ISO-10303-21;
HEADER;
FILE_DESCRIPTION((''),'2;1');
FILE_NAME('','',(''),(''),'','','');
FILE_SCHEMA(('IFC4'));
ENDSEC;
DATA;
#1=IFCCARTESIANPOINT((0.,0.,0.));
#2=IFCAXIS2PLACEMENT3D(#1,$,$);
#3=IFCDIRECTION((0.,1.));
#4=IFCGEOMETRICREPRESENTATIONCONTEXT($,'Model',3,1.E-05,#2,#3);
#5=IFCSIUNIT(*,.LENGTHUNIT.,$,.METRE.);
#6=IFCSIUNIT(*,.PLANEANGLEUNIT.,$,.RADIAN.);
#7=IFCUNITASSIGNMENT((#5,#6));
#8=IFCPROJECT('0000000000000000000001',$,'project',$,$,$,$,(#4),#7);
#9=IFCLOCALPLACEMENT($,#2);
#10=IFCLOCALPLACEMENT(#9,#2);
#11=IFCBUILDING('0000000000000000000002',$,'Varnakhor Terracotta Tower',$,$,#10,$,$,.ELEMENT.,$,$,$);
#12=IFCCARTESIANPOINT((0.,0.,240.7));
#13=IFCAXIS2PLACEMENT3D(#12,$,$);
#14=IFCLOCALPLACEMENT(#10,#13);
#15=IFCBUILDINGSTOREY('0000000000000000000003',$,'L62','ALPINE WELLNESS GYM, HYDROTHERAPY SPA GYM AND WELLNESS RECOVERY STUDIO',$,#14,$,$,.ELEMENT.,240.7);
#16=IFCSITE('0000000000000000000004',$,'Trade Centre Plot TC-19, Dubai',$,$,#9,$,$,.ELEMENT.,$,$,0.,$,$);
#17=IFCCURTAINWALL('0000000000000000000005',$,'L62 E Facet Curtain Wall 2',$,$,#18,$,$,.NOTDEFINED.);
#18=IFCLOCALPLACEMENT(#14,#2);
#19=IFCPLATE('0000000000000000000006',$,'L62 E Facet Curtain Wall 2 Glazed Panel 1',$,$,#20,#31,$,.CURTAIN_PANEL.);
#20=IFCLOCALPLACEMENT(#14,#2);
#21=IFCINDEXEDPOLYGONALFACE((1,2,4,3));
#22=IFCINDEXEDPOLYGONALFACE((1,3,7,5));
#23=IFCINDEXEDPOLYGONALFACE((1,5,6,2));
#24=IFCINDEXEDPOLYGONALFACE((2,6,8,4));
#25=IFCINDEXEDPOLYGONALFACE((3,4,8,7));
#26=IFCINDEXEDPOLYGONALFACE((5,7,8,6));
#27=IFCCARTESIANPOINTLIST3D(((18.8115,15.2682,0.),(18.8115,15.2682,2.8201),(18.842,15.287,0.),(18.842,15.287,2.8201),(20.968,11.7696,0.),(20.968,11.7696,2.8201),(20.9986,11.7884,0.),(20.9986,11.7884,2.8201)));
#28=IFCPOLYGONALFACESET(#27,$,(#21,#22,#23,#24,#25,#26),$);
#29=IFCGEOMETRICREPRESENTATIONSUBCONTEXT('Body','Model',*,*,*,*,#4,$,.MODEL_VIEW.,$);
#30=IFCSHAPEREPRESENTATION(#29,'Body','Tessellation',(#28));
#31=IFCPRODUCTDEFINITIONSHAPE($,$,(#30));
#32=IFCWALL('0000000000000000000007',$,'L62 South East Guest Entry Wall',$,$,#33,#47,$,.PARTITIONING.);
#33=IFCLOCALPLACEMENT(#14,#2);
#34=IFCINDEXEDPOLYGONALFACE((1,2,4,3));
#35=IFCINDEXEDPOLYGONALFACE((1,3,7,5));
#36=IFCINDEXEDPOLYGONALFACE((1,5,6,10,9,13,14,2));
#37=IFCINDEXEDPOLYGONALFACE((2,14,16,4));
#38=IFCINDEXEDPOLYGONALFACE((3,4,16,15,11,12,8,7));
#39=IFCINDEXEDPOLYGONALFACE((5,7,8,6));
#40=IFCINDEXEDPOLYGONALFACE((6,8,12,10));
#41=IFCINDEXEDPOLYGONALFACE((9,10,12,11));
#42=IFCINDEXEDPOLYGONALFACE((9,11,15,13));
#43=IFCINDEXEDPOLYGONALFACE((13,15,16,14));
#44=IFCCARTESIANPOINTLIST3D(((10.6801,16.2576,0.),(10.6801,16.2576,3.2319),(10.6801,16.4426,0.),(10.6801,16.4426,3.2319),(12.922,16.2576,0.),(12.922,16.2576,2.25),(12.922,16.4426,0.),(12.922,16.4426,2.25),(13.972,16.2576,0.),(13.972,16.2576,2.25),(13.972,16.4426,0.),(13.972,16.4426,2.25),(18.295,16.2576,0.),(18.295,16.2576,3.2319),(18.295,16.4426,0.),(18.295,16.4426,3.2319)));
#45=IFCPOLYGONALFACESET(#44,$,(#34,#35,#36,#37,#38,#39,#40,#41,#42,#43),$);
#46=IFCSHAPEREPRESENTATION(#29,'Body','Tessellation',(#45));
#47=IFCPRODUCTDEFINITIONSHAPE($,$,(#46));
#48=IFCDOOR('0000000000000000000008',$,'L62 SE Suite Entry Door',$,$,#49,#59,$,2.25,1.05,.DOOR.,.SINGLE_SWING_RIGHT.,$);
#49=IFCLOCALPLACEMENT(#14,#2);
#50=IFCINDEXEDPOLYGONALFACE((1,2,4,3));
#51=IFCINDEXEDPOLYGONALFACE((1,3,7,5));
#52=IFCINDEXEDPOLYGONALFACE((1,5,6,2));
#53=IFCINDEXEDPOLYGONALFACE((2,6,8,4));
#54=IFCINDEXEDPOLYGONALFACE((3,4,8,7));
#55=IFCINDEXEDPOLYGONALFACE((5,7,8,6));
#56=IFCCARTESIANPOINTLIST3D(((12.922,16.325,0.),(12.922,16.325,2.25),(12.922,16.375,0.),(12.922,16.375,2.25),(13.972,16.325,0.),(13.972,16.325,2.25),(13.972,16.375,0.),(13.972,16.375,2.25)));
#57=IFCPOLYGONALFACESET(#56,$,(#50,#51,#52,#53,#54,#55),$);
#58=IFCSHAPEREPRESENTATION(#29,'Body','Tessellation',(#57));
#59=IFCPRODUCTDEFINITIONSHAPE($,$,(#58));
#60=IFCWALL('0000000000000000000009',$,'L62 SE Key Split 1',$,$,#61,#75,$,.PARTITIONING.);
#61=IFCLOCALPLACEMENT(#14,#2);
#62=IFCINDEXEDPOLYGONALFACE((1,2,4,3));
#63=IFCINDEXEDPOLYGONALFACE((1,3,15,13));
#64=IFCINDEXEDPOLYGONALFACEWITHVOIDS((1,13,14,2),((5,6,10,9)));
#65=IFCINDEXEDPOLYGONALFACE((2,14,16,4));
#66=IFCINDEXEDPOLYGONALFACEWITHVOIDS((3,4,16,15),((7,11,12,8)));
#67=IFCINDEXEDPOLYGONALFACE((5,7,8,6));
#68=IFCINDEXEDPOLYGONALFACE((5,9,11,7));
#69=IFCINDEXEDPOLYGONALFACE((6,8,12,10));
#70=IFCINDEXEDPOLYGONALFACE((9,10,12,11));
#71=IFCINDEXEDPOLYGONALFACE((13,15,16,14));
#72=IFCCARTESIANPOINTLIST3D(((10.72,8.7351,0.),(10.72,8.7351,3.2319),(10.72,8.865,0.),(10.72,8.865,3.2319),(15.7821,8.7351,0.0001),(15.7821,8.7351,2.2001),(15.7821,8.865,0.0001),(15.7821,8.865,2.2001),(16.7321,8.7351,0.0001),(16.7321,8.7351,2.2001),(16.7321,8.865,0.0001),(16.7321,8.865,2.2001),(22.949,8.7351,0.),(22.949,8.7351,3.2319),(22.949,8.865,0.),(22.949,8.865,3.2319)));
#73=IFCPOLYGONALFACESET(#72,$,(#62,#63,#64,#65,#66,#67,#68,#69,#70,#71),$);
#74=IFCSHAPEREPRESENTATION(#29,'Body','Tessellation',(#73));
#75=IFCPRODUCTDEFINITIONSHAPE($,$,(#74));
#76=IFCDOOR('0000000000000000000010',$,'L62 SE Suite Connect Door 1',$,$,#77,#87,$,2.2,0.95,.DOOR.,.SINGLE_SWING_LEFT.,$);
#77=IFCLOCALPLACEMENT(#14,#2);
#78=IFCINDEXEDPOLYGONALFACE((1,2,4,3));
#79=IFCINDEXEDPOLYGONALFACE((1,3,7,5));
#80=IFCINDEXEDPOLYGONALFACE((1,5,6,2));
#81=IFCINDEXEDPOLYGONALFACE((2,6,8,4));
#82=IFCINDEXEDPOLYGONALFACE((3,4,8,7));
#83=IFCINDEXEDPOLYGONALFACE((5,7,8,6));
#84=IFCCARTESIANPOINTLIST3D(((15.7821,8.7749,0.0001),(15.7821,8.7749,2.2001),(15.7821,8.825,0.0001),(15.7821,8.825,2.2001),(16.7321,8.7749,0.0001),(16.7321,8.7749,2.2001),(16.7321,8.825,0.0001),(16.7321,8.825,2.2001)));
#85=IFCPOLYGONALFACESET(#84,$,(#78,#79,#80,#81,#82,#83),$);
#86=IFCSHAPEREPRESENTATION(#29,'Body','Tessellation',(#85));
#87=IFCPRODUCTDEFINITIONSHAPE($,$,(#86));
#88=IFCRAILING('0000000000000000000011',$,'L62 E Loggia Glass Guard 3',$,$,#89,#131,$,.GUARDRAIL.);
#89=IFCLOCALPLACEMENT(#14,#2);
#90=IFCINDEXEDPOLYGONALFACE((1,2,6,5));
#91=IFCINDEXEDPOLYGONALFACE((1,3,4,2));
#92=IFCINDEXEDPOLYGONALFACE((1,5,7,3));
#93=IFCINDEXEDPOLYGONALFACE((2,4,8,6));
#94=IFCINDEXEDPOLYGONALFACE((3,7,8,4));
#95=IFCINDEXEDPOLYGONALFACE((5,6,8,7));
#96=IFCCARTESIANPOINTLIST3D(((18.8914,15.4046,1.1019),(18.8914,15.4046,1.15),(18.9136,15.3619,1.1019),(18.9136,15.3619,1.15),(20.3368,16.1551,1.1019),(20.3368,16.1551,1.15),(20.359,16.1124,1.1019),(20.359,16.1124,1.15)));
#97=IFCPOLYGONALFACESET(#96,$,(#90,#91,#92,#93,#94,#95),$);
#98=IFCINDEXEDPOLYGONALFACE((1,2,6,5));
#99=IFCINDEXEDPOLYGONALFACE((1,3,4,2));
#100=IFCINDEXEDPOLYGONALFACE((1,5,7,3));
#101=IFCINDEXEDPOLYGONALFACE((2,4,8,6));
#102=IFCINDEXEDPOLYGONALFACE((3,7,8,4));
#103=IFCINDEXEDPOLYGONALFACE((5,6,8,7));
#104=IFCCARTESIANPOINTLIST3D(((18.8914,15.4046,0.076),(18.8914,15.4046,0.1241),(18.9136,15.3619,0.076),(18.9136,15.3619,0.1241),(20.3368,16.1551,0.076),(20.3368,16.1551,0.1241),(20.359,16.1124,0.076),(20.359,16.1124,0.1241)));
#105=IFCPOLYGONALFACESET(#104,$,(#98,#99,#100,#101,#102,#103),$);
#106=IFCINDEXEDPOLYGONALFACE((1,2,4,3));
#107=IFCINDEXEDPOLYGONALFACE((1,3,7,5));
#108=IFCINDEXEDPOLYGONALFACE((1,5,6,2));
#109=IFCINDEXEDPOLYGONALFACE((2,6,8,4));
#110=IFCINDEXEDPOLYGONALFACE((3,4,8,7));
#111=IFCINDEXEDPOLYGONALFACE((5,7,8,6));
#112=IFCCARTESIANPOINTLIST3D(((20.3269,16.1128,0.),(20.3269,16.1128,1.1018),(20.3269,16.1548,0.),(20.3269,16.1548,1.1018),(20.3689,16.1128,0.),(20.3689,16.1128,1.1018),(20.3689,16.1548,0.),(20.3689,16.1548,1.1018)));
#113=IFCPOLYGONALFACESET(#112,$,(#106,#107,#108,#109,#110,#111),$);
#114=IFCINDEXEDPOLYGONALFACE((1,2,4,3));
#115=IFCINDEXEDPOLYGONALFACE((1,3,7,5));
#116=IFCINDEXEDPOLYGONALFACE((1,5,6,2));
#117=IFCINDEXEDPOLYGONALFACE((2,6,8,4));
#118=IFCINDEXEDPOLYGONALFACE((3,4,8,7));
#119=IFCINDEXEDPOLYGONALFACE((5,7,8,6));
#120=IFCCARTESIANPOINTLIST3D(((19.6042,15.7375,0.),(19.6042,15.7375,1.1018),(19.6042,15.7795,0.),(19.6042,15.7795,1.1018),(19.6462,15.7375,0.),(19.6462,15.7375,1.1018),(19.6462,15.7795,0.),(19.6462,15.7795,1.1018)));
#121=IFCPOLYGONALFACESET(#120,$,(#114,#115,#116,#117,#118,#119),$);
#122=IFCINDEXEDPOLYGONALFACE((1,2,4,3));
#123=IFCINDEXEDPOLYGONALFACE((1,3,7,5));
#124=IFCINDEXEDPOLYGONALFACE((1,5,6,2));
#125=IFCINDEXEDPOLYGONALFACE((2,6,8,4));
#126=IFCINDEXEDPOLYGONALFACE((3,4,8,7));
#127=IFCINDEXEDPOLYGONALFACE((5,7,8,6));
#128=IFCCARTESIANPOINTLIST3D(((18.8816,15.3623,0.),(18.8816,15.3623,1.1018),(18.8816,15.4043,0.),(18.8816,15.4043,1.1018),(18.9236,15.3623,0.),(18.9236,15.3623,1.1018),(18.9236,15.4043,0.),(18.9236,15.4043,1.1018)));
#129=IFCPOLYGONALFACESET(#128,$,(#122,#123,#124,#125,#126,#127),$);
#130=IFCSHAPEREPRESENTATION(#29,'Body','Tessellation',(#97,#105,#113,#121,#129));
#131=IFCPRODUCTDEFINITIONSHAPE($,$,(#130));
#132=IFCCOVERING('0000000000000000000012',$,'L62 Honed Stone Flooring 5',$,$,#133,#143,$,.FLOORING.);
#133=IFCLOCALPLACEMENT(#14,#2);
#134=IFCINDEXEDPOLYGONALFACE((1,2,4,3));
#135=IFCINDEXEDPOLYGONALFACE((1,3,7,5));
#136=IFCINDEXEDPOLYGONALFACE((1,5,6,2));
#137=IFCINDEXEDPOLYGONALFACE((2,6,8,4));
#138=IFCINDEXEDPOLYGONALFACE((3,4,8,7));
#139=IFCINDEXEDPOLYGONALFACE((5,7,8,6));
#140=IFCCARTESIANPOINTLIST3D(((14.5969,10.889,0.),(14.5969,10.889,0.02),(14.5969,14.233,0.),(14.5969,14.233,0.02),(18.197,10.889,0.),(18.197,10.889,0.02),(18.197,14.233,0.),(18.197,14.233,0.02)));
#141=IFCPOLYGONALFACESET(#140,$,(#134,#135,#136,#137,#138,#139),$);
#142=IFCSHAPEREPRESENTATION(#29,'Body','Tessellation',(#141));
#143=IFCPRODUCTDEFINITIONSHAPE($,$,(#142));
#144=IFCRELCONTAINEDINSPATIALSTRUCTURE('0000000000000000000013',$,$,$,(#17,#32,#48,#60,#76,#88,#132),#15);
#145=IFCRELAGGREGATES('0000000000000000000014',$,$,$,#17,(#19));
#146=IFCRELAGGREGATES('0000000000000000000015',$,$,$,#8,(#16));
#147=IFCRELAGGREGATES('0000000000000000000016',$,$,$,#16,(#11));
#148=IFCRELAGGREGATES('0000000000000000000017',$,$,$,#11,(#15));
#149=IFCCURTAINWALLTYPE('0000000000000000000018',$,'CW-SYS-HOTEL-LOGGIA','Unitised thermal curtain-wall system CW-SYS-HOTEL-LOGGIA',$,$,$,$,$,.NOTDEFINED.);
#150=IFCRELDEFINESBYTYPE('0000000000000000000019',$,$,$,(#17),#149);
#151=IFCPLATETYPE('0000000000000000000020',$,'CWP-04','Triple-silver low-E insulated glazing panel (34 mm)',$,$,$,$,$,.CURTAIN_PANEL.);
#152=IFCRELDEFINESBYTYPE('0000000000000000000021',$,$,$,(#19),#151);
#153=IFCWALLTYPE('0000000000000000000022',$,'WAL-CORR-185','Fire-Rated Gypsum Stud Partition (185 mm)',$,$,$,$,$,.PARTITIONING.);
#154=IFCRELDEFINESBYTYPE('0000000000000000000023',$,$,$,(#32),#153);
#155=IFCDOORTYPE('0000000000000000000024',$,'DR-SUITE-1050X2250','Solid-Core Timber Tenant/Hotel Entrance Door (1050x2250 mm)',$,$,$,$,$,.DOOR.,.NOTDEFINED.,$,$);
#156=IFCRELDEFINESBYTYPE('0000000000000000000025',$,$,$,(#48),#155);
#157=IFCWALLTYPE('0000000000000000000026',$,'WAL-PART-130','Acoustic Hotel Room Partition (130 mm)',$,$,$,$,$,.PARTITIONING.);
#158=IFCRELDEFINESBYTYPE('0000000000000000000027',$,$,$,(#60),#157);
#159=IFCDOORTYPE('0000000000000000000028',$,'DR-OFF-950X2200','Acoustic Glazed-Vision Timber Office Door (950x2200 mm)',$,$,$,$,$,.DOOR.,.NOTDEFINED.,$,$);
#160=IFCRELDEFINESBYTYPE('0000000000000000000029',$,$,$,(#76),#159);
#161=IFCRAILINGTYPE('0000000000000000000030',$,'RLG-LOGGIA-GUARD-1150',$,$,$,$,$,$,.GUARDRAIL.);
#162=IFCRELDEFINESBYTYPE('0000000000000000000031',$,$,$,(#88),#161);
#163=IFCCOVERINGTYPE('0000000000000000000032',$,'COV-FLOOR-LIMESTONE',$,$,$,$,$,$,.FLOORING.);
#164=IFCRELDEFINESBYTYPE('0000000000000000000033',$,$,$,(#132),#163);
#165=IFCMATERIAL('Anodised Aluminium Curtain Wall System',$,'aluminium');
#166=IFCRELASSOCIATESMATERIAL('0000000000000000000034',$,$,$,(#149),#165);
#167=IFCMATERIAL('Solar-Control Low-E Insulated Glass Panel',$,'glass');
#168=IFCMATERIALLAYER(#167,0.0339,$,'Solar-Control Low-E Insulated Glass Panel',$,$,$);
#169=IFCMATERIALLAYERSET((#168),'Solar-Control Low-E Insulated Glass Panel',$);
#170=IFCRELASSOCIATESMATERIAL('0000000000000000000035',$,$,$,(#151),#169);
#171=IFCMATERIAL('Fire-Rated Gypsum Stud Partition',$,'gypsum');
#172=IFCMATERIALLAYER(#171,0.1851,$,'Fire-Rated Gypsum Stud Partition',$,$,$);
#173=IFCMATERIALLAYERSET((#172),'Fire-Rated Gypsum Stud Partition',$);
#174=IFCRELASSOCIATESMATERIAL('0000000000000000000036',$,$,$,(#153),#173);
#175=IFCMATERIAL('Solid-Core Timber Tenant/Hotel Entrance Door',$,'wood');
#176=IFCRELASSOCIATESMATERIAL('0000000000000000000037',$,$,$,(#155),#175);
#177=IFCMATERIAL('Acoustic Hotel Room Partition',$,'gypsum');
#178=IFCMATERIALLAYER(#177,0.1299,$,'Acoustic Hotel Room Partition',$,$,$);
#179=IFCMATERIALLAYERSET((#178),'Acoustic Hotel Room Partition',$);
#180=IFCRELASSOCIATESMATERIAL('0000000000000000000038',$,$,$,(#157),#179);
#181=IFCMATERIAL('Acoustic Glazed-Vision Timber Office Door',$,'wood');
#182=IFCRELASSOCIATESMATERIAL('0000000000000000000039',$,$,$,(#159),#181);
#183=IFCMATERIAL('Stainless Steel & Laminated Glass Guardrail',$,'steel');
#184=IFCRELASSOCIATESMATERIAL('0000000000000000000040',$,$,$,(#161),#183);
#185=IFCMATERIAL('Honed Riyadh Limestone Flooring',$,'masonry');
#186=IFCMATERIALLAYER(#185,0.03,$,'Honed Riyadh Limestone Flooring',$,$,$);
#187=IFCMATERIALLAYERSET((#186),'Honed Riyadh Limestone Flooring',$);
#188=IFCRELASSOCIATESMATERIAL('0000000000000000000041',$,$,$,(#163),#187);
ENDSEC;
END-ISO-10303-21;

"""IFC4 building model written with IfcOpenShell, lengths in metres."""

from ifc_helpers import new_model, si_unit, direction, frame, frame_2d, origin, origin_2d, place, context, subcontext, project, spatial, rectangle, extrude, source, transform, mapped, material, layer, layer_set, type_object, type_shapes, element, fill, aggregate, save


model = new_model("IFC4")

# Units and contexts
model_context = context("Model", 3, precision=1e-05, world=origin(), true_north=direction((0.0, 1.0)))
body_context = subcontext(model_context, "Body", "Model", "MODEL_VIEW")
ifc_project = project(units=[si_unit("LENGTHUNIT", "METRE"), si_unit("PLANEANGLEUNIT", "RADIAN")], contexts=[model_context])

# Site, building, storey
site_placement = place(None, origin())
site = spatial("IfcSite", under=ifc_project, at=site_placement, Name="Trade Centre Plot TC-19, Dubai", CompositionType="ELEMENT", RefElevation=0.0)
building_placement = place(site_placement, origin())
building = spatial("IfcBuilding", under=site, at=building_placement, Name="Varnakhor Terracotta Tower", CompositionType="ELEMENT")
storey_placement = place(building_placement, frame((0.0, 0.0, 240.7)))
storey = spatial("IfcBuildingStorey", under=building, at=storey_placement, Name="L62", Description="ALPINE WELLNESS GYM, HYDROTHERAPY SPA GYM AND WELLNESS RECOVERY STUDIO", CompositionType="ELEMENT", Elevation=240.7)

# Curtain wall
ifc_material_1 = material(Name="Anodised Aluminium Curtain Wall System", Category="aluminium")
curtain_wall_type = type_object("IfcCurtainWallType", Name="CW-SYS-HOTEL-LOGGIA", Description="Unitised thermal curtain-wall system CW-SYS-HOTEL-LOGGIA", PredefinedType="NOTDEFINED", material=ifc_material_1)
curtain_wall_placement = place(storey_placement, origin())
curtain_wall = element("IfcCurtainWall", 1, at=curtain_wall_placement, inside=storey, type_object=curtain_wall_type, Name="L62 E Facet Curtain Wall 2", PredefinedType="NOTDEFINED")

# Plate
ifc_material_2 = material(Name="Solar-Control Low-E Insulated Glass Panel", Category="glass")
ifc_layer_1 = layer(ifc_material_2, 0.0339, Name="Solar-Control Low-E Insulated Glass Panel")
ifc_layer_set_1 = layer_set([ifc_layer_1], Name="Solar-Control Low-E Insulated Glass Panel")
plate_type = type_object("IfcPlateType", Name="CWP-04", Description="Triple-silver low-E insulated glazing panel (34 mm)", PredefinedType="CURTAIN_PANEL", material=ifc_layer_set_1)
shared_shape_1 = source(origin(), body_context, "Body", "SweptSolid", [
    extrude(rectangle(XDim=4.1099, YDim=0.0359, at=origin_2d()), origin(), (0.0, 0.0, 1.0), 2.8201),
])
plate_1_placement = place(storey_placement, frame((19.905, 13.5283, 0.0), z_axis=(0.0, 0.0, 1.0), x_axis=(0.524729, -0.851269, 0.0)))
plate_1 = element("IfcPlate", 2, at=plate_1_placement, type_object=plate_type, Name="L62 E Facet Curtain Wall 2 Glazed Panel 1", PredefinedType="CURTAIN_PANEL", context=body_context, shape_type="MappedRepresentation", body=[
    mapped(shared_shape_1, transform((0.0, 0.0, 0.0), scale=1.0)),
])
aggregate(curtain_wall, [plate_1])

# Walls, openings, doors
ifc_material_3 = material(Name="Fire-Rated Gypsum Stud Partition", Category="gypsum")
ifc_layer_2 = layer(ifc_material_3, 0.1851, Name="Fire-Rated Gypsum Stud Partition")
ifc_layer_set_2 = layer_set([ifc_layer_2], Name="Fire-Rated Gypsum Stud Partition")
wall_type_1 = type_object("IfcWallType", Name="WAL-CORR-185", Description="Fire-Rated Gypsum Stud Partition (185 mm)", PredefinedType="PARTITIONING", material=ifc_layer_set_2)
wall_1_placement = place(storey_placement, frame((10.6799, 16.3501, 0.0), z_axis=(0.0, 0.0, 1.0), x_axis=(1.0, 0.0, 0.0)))
wall_1 = element("IfcWall", 3, at=wall_1_placement, inside=storey, type_object=wall_type_1, Name="L62 South East Guest Entry Wall", PredefinedType="PARTITIONING", context=body_context, shape_type="SweptSolid", body=[
    extrude(rectangle(XDim=7.615, YDim=0.1851, at=frame_2d((3.8076, 0.0))), origin(), (0.0, 0.0, 1.0), 3.2319),
])
opening_1_placement = place(wall_1_placement, frame((2.2422, 0.0, 0.0)))
opening_1 = element("IfcOpeningElement", 4, at=opening_1_placement, cuts=wall_1, PredefinedType="OPENING", context=body_context, shape_type="SweptSolid", body=[
    extrude(rectangle(XDim=1.05, YDim=2.25, at=frame_2d((0.5249, 1.125))), frame((0.0, 0.1025, 0.0), z_axis=(0.0, -1.0, 0.0), x_axis=(1.0, 0.0, 0.0)), (0.0, 0.0, 1.0), 0.2051),
])
ifc_material_4 = material(Name="Solid-Core Timber Tenant/Hotel Entrance Door", Category="wood")
door_type_1 = type_object("IfcDoorType", Name="DR-SUITE-1050X2250", Description="Solid-Core Timber Tenant/Hotel Entrance Door (1050x2250 mm)", OperationType="NOTDEFINED", PredefinedType="DOOR", material=ifc_material_4)
shared_shape_2 = source(origin(), body_context, "Body", "SweptSolid", [
    extrude(rectangle(XDim=1.05, YDim=2.25, at=frame_2d((0.5249, 1.125))), frame((0.0, 0.0249, 0.0), z_axis=(0.0, -1.0, 0.0), x_axis=(1.0, 0.0, 0.0)), (0.0, 0.0, 1.0), 0.05),
])
type_shapes(door_type_1, [shared_shape_2])
door_1_placement = place(opening_1_placement, origin())
door_1 = element("IfcDoor", 5, at=door_1_placement, inside=storey, type_object=door_type_1, Name="L62 SE Suite Entry Door", OperationType="SINGLE_SWING_RIGHT", OverallHeight=2.25, OverallWidth=1.05, PredefinedType="DOOR", context=body_context, shape_type="MappedRepresentation", body=[
    mapped(shared_shape_2, transform((0.0, 0.0, 0.0), scale=1.0)),
])
fill(opening_1, door_1)
ifc_material_5 = material(Name="Acoustic Hotel Room Partition", Category="gypsum")
ifc_layer_3 = layer(ifc_material_5, 0.1299, Name="Acoustic Hotel Room Partition")
ifc_layer_set_3 = layer_set([ifc_layer_3], Name="Acoustic Hotel Room Partition")
wall_type_2 = type_object("IfcWallType", Name="WAL-PART-130", Description="Acoustic Hotel Room Partition (130 mm)", PredefinedType="PARTITIONING", material=ifc_layer_set_3)
wall_2_placement = place(storey_placement, frame((10.72, 8.8, 0.0), z_axis=(0.0, 0.0, 1.0), x_axis=(1.0, 0.0, 0.0)))
wall_2 = element("IfcWall", 6, at=wall_2_placement, inside=storey, type_object=wall_type_2, Name="L62 SE Key Split 1", PredefinedType="PARTITIONING", context=body_context, shape_type="SweptSolid", body=[
    extrude(rectangle(XDim=12.229, YDim=0.1299, at=frame_2d((6.1145, 0.0))), origin(), (0.0, 0.0, 1.0), 3.2319),
])
opening_2_placement = place(wall_2_placement, frame((5.062, 0.0, 0.0)))
opening_2 = element("IfcOpeningElement", 7, at=opening_2_placement, cuts=wall_2, PredefinedType="OPENING", context=body_context, shape_type="SweptSolid", body=[
    extrude(rectangle(XDim=0.95, YDim=2.2, at=frame_2d((0.4751, 1.1001))), frame((0.0, 0.075, 0.0), z_axis=(0.0, -1.0, 0.0), x_axis=(1.0, 0.0, 0.0)), (0.0, 0.0, 1.0), 0.1499),
])
ifc_material_6 = material(Name="Acoustic Glazed-Vision Timber Office Door", Category="wood")
door_type_2 = type_object("IfcDoorType", Name="DR-OFF-950X2200", Description="Acoustic Glazed-Vision Timber Office Door (950x2200 mm)", OperationType="NOTDEFINED", PredefinedType="DOOR", material=ifc_material_6)
shared_shape_3 = source(origin(), body_context, "Body", "SweptSolid", [
    extrude(rectangle(XDim=0.95, YDim=2.2, at=frame_2d((0.4751, 1.1001))), frame((0.0, 0.0249, 0.0), z_axis=(0.0, -1.0, 0.0), x_axis=(1.0, 0.0, 0.0)), (0.0, 0.0, 1.0), 0.05),
])
type_shapes(door_type_2, [shared_shape_3])
door_2_placement = place(opening_2_placement, origin())
door_2 = element("IfcDoor", 8, at=door_2_placement, inside=storey, type_object=door_type_2, Name="L62 SE Suite Connect Door 1", OperationType="SINGLE_SWING_LEFT", OverallHeight=2.2, OverallWidth=0.95, PredefinedType="DOOR", context=body_context, shape_type="MappedRepresentation", body=[
    mapped(shared_shape_3, transform((0.0, 0.0, 0.0), scale=1.0)),
])
fill(opening_2, door_2)

# Railing
ifc_material_7 = material(Name="Stainless Steel & Laminated Glass Guardrail", Category="steel")
railing_type = type_object("IfcRailingType", Name="RLG-LOGGIA-GUARD-1150", PredefinedType="GUARDRAIL", material=ifc_material_7)
railing_placement = place(storey_placement, frame((20.3479, 16.1338, 0.0)))
element("IfcRailing", 9, at=railing_placement, inside=storey, type_object=railing_type, Name="L62 E Loggia Glass Guard 3", PredefinedType="GUARDRAIL", context=body_context, shape_type="SweptSolid", body=[
    extrude(rectangle(XDim=0.0481, YDim=0.0481, at=origin_2d()), frame((0.0, 0.0, 1.126), z_axis=(-0.887487, -0.460833, 0.0), x_axis=(0.460833, -0.887487, 0.0)), (0.0, 0.0, 1.0), 1.6287),
    extrude(rectangle(XDim=0.0481, YDim=0.0481, at=origin_2d()), frame((0.0, 0.0, 0.1001), z_axis=(-0.887487, -0.460833, 0.0), x_axis=(0.460833, -0.887487, 0.0)), (0.0, 0.0, 1.0), 1.6287),
    extrude(rectangle(XDim=0.042, YDim=0.042, at=origin_2d()), origin(), (0.0, 0.0, 1.0), 1.1018),
    extrude(rectangle(XDim=0.042, YDim=0.042, at=origin_2d()), frame((-0.7227, -0.3752, 0.0)), (0.0, 0.0, 1.0), 1.1018),
    extrude(rectangle(XDim=0.042, YDim=0.042, at=origin_2d()), frame((-1.4453, -0.7505, 0.0)), (0.0, 0.0, 1.0), 1.1018),
])

# Covering
ifc_material_8 = material(Name="Honed Riyadh Limestone Flooring", Category="masonry")
ifc_layer_4 = layer(ifc_material_8, 0.03, Name="Honed Riyadh Limestone Flooring")
ifc_layer_set_4 = layer_set([ifc_layer_4], Name="Honed Riyadh Limestone Flooring")
covering_type = type_object("IfcCoveringType", Name="COV-FLOOR-LIMESTONE", PredefinedType="FLOORING", material=ifc_layer_set_4)
shared_shape_4 = source(origin(), body_context, "Body", "SweptSolid", [
    extrude(rectangle(XDim=3.6001, YDim=3.344, at=origin_2d()), origin(), (0.0, 0.0, 1.0), 0.02),
])
covering_placement = place(storey_placement, frame((16.397, 12.561, 0.0), z_axis=(0.0, 0.0, 1.0), x_axis=(1.0, 0.0, 0.0)))
element("IfcCovering", 10, at=covering_placement, inside=storey, type_object=covering_type, Name="L62 Honed Stone Flooring 5", PredefinedType="FLOORING", context=body_context, shape_type="MappedRepresentation", body=[
    mapped(shared_shape_4, transform((0.0, 0.0, 0.0), scale=1.0)),
])

save(model, "model.ifc")
